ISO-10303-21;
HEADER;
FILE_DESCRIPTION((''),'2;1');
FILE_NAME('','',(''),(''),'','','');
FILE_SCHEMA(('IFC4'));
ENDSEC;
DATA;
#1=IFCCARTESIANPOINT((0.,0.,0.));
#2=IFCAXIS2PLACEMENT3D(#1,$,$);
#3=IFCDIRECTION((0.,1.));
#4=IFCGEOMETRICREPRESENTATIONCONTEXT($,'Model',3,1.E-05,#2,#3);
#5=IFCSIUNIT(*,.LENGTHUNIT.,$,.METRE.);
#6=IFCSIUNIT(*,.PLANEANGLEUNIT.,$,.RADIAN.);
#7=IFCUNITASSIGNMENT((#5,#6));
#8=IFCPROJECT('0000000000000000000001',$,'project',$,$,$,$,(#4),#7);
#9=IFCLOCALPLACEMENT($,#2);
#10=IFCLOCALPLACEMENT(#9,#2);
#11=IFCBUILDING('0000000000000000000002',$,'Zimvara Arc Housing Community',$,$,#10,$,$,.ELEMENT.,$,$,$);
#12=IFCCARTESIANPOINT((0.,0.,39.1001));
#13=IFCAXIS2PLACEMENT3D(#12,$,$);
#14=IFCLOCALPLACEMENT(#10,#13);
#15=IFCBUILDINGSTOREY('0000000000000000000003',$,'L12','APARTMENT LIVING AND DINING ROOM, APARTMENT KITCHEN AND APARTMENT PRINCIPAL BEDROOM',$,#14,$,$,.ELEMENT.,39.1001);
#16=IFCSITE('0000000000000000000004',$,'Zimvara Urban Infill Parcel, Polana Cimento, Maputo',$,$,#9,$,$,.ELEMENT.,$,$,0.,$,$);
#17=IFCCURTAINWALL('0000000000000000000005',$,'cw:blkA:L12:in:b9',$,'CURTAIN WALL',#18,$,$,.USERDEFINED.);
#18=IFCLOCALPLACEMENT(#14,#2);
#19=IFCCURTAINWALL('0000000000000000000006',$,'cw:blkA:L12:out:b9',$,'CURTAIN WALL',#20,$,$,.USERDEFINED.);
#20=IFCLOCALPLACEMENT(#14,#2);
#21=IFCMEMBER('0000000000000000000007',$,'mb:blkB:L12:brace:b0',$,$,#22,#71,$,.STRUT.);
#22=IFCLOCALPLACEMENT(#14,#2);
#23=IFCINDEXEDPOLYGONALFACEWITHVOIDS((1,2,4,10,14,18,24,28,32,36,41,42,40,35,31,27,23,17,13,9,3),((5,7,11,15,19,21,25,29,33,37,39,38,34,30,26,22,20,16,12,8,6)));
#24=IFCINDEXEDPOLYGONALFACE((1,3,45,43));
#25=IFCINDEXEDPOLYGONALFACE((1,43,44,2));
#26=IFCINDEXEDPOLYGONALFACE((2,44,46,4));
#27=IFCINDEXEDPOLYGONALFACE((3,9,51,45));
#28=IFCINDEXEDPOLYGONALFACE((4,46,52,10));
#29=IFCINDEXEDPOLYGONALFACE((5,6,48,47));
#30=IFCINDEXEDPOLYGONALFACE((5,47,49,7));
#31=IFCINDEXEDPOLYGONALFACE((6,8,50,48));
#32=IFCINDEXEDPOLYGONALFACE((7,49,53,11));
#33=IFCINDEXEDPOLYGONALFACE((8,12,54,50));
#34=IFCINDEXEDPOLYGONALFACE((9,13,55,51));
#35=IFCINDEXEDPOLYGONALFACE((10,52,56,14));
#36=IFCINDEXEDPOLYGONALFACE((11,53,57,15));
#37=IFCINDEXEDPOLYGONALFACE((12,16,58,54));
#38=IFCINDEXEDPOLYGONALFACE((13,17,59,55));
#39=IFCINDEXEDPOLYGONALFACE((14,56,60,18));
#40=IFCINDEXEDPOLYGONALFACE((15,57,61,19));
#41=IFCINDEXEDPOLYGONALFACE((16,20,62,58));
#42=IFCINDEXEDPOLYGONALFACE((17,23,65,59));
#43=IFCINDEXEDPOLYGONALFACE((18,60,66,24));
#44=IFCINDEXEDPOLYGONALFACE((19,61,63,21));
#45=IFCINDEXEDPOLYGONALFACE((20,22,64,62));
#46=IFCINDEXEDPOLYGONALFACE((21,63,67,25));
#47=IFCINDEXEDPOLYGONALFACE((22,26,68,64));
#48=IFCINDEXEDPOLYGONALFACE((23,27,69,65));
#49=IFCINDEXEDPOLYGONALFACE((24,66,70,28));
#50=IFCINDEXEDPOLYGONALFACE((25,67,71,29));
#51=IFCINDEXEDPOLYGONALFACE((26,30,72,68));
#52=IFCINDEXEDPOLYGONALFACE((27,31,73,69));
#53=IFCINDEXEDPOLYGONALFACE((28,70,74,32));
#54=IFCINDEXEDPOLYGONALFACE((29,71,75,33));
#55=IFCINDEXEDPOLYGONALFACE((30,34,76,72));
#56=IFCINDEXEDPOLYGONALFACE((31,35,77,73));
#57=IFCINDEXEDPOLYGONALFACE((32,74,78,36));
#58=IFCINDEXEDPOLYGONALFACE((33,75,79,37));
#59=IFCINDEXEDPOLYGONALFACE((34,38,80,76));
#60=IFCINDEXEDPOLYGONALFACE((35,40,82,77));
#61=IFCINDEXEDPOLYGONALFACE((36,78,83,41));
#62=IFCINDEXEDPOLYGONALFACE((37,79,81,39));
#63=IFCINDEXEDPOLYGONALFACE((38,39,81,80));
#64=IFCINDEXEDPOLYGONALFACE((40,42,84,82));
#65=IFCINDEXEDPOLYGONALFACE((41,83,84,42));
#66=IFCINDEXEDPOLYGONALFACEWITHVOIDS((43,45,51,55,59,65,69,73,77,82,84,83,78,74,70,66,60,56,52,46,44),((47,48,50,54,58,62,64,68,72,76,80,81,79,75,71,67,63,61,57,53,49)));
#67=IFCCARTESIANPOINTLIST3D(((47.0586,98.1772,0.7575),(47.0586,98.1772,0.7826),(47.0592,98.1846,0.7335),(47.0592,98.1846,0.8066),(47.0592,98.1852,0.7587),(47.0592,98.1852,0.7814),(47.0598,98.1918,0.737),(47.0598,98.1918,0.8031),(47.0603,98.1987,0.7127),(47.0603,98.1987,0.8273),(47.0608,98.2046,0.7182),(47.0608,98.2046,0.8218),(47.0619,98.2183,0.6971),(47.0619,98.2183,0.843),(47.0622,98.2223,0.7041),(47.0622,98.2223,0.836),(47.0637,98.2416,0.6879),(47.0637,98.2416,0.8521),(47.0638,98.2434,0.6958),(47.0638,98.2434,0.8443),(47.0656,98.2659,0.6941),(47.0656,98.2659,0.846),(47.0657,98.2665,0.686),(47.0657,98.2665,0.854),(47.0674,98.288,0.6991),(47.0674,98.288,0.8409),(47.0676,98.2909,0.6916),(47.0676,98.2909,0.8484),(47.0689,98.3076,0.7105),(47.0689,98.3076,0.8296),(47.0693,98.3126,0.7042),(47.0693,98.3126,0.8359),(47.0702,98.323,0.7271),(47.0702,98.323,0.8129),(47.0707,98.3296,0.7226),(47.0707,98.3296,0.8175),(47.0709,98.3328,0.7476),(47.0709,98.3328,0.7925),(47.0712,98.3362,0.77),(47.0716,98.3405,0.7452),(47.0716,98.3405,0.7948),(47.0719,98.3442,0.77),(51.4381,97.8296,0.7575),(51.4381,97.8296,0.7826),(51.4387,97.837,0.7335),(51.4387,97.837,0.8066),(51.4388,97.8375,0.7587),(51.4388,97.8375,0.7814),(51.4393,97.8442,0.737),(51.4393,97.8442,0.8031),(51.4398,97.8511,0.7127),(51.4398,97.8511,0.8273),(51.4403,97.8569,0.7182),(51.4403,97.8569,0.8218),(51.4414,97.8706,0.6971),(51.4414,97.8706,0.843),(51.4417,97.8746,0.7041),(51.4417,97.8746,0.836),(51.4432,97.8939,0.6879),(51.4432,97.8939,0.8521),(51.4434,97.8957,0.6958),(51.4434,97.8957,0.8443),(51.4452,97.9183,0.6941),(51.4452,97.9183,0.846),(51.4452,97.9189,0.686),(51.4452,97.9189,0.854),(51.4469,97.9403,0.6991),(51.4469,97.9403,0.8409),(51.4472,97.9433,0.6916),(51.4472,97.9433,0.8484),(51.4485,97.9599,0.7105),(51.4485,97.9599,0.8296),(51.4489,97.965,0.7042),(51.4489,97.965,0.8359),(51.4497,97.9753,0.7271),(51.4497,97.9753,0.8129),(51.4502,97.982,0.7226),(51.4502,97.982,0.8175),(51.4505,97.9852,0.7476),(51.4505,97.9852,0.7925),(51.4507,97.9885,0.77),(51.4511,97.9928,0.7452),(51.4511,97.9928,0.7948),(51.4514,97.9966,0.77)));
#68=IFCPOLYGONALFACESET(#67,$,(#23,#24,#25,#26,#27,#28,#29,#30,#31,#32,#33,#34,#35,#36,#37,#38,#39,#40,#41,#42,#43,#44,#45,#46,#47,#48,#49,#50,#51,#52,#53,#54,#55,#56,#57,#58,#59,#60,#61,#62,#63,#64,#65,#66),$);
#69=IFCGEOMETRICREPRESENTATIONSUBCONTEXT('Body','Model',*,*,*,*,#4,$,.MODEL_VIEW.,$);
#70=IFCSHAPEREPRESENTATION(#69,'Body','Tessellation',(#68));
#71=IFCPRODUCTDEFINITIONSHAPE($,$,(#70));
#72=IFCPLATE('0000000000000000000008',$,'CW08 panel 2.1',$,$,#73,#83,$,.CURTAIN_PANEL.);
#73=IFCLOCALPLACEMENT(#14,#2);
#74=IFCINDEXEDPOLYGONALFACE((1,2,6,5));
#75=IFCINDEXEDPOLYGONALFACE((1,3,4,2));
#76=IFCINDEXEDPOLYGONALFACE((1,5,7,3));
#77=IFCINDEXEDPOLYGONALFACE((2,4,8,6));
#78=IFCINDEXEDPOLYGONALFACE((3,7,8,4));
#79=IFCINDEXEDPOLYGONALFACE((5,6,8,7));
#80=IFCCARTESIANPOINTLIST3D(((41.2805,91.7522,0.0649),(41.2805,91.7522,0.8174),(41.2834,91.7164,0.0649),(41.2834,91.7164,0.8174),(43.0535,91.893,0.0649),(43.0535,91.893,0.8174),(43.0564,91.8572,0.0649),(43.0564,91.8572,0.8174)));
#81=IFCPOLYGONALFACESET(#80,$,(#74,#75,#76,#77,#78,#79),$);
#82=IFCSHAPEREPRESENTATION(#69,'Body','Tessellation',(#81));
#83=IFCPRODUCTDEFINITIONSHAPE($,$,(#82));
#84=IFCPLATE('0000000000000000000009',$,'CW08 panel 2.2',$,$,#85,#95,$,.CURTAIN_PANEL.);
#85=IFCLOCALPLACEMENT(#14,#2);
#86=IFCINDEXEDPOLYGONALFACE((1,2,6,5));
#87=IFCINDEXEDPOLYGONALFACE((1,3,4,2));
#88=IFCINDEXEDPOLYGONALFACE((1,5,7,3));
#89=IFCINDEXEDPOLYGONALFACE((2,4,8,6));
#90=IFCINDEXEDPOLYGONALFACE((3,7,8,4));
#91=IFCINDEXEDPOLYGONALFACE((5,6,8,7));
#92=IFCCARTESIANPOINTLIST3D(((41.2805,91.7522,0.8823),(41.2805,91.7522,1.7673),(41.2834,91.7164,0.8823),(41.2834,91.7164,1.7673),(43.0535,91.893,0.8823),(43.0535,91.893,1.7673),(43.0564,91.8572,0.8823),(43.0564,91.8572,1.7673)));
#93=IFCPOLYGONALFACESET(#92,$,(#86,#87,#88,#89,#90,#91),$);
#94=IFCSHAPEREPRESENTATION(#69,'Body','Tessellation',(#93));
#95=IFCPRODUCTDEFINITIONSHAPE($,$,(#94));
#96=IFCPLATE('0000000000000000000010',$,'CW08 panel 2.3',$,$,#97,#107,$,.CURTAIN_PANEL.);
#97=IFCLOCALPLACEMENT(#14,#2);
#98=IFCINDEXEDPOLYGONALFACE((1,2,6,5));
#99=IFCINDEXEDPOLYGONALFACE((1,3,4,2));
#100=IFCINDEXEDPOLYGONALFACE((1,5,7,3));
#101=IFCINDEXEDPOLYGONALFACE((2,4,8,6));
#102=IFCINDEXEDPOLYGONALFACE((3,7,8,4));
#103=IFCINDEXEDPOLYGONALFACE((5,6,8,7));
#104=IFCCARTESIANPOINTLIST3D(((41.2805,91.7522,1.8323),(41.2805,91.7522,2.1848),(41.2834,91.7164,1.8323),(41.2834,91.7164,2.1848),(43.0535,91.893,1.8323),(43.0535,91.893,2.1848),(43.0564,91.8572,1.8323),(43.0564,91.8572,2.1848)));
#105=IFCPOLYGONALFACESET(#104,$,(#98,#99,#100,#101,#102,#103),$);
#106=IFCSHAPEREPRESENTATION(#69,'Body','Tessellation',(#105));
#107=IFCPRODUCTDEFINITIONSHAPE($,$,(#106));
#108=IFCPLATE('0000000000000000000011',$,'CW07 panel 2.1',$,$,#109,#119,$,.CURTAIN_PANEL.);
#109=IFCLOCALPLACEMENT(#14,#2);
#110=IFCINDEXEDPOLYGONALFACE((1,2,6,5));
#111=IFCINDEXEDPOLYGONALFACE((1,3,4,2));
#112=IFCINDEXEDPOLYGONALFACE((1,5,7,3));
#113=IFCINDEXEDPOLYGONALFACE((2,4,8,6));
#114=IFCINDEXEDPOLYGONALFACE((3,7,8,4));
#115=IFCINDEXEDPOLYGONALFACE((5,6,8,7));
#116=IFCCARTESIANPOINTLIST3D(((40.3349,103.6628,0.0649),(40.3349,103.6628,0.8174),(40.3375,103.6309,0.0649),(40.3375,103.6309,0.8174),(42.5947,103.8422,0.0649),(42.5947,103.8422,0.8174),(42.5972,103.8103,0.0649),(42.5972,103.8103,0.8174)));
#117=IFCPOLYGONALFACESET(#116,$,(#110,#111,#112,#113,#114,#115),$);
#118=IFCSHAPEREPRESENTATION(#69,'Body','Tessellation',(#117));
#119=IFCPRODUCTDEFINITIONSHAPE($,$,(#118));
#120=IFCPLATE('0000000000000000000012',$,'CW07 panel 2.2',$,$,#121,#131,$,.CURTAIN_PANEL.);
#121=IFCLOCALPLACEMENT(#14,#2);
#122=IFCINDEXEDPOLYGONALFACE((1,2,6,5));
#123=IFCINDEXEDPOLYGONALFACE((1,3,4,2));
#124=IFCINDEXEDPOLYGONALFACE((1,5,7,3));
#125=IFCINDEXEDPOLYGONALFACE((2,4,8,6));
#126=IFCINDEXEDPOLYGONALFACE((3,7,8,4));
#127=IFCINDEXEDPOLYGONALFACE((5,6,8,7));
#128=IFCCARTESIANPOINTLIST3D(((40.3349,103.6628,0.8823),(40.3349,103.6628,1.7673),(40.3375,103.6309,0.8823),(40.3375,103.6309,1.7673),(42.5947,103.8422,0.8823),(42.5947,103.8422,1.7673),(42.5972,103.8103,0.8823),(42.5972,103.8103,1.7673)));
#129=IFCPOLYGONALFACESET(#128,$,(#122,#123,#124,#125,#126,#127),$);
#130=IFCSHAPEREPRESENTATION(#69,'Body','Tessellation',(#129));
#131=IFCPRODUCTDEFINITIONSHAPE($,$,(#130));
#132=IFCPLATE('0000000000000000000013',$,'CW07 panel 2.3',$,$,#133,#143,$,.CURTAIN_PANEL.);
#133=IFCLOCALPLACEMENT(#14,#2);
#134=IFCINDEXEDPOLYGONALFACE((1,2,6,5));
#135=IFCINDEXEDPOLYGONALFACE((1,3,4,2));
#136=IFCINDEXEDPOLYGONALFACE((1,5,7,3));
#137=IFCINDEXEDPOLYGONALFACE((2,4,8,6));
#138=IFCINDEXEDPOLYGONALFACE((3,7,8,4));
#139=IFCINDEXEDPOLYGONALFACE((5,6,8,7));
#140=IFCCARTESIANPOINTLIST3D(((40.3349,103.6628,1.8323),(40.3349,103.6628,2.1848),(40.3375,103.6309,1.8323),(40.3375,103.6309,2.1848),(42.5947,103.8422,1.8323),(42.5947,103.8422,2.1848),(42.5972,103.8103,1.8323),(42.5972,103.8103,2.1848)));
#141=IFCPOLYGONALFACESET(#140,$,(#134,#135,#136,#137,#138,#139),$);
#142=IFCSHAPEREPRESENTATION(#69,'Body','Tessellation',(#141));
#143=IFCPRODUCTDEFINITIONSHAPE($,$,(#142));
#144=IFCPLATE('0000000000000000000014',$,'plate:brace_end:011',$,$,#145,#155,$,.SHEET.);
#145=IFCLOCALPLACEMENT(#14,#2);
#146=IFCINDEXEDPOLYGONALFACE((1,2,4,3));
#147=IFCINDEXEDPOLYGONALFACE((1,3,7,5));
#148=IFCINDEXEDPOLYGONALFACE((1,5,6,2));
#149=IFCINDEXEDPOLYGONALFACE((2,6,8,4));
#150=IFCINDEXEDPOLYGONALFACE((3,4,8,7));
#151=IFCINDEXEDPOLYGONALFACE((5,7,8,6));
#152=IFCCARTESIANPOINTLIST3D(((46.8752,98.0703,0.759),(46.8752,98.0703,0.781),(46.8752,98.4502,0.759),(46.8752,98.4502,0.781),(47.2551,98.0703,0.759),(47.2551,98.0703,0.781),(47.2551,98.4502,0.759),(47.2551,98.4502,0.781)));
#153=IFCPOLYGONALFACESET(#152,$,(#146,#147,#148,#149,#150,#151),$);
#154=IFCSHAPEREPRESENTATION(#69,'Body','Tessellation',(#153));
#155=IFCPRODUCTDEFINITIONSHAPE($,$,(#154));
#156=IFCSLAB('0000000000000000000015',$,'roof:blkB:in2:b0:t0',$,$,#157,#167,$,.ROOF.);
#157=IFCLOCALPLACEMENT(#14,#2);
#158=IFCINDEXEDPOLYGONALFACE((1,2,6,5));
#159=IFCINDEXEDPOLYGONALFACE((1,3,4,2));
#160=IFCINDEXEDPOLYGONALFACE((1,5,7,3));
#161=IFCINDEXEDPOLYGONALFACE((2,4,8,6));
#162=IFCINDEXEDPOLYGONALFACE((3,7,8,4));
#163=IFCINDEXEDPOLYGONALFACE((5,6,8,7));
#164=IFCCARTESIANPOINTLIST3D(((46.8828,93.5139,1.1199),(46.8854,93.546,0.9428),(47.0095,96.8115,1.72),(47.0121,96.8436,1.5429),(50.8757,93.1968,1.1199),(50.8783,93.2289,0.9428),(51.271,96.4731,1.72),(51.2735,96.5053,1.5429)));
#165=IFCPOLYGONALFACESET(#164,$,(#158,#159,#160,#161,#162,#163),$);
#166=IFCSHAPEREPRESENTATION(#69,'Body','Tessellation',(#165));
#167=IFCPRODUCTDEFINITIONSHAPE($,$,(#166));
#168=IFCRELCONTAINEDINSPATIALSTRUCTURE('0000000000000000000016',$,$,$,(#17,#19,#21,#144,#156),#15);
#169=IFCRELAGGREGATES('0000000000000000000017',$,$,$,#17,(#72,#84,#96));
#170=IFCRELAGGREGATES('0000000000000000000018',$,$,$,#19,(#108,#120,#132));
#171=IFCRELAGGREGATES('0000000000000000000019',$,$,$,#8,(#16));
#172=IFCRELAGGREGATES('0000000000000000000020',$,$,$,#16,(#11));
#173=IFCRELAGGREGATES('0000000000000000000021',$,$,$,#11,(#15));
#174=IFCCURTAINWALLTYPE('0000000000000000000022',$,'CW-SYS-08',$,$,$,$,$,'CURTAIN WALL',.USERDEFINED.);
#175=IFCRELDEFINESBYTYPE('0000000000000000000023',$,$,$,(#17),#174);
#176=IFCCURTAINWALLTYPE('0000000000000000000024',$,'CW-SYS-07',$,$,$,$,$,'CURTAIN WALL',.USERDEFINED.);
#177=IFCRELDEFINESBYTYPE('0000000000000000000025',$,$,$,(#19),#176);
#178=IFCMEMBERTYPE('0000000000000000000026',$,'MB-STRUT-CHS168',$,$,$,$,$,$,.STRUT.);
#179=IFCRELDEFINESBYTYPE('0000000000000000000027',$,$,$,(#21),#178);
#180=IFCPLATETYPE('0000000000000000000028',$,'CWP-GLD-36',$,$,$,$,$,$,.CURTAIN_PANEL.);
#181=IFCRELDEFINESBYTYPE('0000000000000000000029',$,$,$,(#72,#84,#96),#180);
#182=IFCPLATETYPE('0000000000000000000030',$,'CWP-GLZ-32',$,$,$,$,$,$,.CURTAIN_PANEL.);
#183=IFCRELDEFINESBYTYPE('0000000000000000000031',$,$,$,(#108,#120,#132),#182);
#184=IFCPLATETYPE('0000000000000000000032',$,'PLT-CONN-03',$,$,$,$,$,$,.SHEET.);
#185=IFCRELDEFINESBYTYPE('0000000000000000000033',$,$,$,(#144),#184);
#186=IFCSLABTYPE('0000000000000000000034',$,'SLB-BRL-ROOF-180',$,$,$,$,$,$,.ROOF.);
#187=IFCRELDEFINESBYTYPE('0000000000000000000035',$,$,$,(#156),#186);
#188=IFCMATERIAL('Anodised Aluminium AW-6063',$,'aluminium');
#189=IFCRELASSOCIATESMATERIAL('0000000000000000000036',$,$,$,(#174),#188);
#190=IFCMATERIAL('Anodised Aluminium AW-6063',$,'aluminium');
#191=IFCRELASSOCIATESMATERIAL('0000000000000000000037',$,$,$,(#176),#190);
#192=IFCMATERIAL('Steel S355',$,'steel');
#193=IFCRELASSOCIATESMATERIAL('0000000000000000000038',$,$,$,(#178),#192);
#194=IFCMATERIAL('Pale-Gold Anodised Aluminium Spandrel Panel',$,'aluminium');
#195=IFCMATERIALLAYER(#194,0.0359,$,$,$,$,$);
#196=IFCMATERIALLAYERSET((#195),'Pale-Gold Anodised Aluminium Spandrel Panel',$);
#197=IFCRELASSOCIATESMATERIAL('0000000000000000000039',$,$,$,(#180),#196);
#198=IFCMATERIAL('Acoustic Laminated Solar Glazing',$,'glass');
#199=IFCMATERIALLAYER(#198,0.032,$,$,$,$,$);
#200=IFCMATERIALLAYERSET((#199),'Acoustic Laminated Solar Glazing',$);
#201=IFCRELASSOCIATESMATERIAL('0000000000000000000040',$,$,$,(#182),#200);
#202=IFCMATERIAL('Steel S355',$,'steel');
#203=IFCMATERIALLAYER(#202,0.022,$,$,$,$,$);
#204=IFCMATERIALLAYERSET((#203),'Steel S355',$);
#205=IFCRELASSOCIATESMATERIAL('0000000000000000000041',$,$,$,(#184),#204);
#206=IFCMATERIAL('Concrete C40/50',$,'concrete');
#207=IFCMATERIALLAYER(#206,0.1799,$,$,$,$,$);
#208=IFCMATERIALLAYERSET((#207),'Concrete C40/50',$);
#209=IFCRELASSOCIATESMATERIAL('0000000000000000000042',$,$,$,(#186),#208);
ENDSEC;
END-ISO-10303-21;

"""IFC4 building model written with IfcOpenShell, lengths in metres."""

from ifc_helpers import new_model, si_unit, direction, frame, origin, origin_2d, place, context, subcontext, project, spatial, polyline, rectangle, hollow_circle, outline, extrude, material, layer, layer_set, material_profile, profile_set, type_object, element, aggregate, save


model = new_model("IFC4")

# Units and contexts
model_context = context("Model", 3, precision=1e-05, world=origin(), true_north=direction((0.0, 1.0)))
body_context = subcontext(model_context, "Body", "Model", "MODEL_VIEW")
ifc_project = project(units=[si_unit("LENGTHUNIT", "METRE"), si_unit("PLANEANGLEUNIT", "RADIAN")], contexts=[model_context])

# Site, building, storey
site_placement = place(None, origin())
site = spatial("IfcSite", under=ifc_project, at=site_placement, Name="Zimvara Urban Infill Parcel, Polana Cimento, Maputo", CompositionType="ELEMENT", RefElevation=0.0)
building_placement = place(site_placement, origin())
building = spatial("IfcBuilding", under=site, at=building_placement, Name="Zimvara Arc Housing Community", CompositionType="ELEMENT")
storey_placement = place(building_placement, frame((0.0, 0.0, 39.1001)))
storey = spatial("IfcBuildingStorey", under=building, at=storey_placement, Name="L12", Description="APARTMENT LIVING AND DINING ROOM, APARTMENT KITCHEN AND APARTMENT PRINCIPAL BEDROOM", CompositionType="ELEMENT", Elevation=39.1001)

# Curtain wall
ifc_material_1 = material(Name="Anodised Aluminium AW-6063", Category="aluminium")
curtain_wall_type_1 = type_object("IfcCurtainWallType", Name="CW-SYS-08", ElementType="CURTAIN WALL", PredefinedType="USERDEFINED", material=ifc_material_1)
curtain_wall_1_placement = place(storey_placement, origin())
curtain_wall_1 = element("IfcCurtainWall", 1, at=curtain_wall_1_placement, inside=storey, type_object=curtain_wall_type_1, Name="cw:blkA:L12:in:b9", ObjectType="CURTAIN WALL", PredefinedType="USERDEFINED")

# Curtain wall
ifc_material_2 = material(Name="Anodised Aluminium AW-6063", Category="aluminium")
curtain_wall_type_2 = type_object("IfcCurtainWallType", Name="CW-SYS-07", ElementType="CURTAIN WALL", PredefinedType="USERDEFINED", material=ifc_material_2)
curtain_wall_2_placement = place(storey_placement, origin())
curtain_wall_2 = element("IfcCurtainWall", 2, at=curtain_wall_2_placement, inside=storey, type_object=curtain_wall_type_2, Name="cw:blkA:L12:out:b9", ObjectType="CURTAIN WALL", PredefinedType="USERDEFINED")

# Member
ifc_material_3 = material(Name="Steel S355", Category="steel")
ifc_material_profile_1 = material_profile(ifc_material_3, hollow_circle(Radius=0.0842, WallThickness=0.0081, at=origin_2d()), Name="CHS 168.3x8.0")
ifc_profile_set_1 = profile_set([ifc_material_profile_1], Name="Steel S355")
member_type_1 = type_object("IfcMemberType", Name="MB-STRUT-CHS168", PredefinedType="STRUT", material=ifc_profile_set_1)
member_1_placement = place(storey_placement, frame((47.0652, 98.2603, 0.77), z_axis=(0.996864, -0.079131, 0.0), x_axis=(0.079131, 0.996864, 0.0)))
element("IfcMember", 3, at=member_1_placement, inside=storey, type_object=member_type_1, Name="mb:blkB:L12:brace:b0", PredefinedType="STRUT", context=body_context, shape_type="SweptSolid", body=[
    extrude(hollow_circle(Radius=0.0842, WallThickness=0.0081, at=origin_2d()), origin(), (0.0, 0.0, 1.0), 4.3933),
])

# Plates
ifc_material_4 = material(Name="Pale-Gold Anodised Aluminium Spandrel Panel", Category="aluminium")
ifc_layer_1 = layer(ifc_material_4, 0.0359)
ifc_layer_set_1 = layer_set([ifc_layer_1], Name="Pale-Gold Anodised Aluminium Spandrel Panel")
plate_type_1 = type_object("IfcPlateType", Name="CWP-GLD-36", PredefinedType="CURTAIN_PANEL", material=ifc_layer_set_1)
plate_1_placement = place(storey_placement, frame((42.1685, 91.8047, 0.0649), z_axis=(0.0, 0.0, 1.0), x_axis=(0.996862, 0.079155, 0.0)))
plate_1 = element("IfcPlate", 4, at=plate_1_placement, type_object=plate_type_1, Name="CW08 panel 2.1", PredefinedType="CURTAIN_PANEL", context=body_context, shape_type="SweptSolid", body=[
    extrude(rectangle(XDim=1.7786, YDim=0.0359, at=origin_2d()), origin(), (0.0, 0.0, 1.0), 0.7524),
])
plate_2_placement = place(storey_placement, frame((42.1685, 91.8047, 0.8823), z_axis=(0.0, 0.0, 1.0), x_axis=(0.996862, 0.079155, 0.0)))
plate_2 = element("IfcPlate", 5, at=plate_2_placement, type_object=plate_type_1, Name="CW08 panel 2.2", PredefinedType="CURTAIN_PANEL", context=body_context, shape_type="SweptSolid", body=[
    extrude(rectangle(XDim=1.7786, YDim=0.0359, at=origin_2d()), origin(), (0.0, 0.0, 1.0), 0.885),
])
plate_3_placement = place(storey_placement, frame((42.1685, 91.8047, 1.8323), z_axis=(0.0, 0.0, 1.0), x_axis=(0.996862, 0.079155, 0.0)))
plate_3 = element("IfcPlate", 6, at=plate_3_placement, type_object=plate_type_1, Name="CW08 panel 2.3", PredefinedType="CURTAIN_PANEL", context=body_context, shape_type="SweptSolid", body=[
    extrude(rectangle(XDim=1.7786, YDim=0.0359, at=origin_2d()), origin(), (0.0, 0.0, 1.0), 0.3525),
])
aggregate(curtain_wall_1, [plate_1, plate_2, plate_3])
ifc_material_5 = material(Name="Acoustic Laminated Solar Glazing", Category="glass")
ifc_layer_2 = layer(ifc_material_5, 0.032)
ifc_layer_set_2 = layer_set([ifc_layer_2], Name="Acoustic Laminated Solar Glazing")
plate_type_2 = type_object("IfcPlateType", Name="CWP-GLZ-32", PredefinedType="CURTAIN_PANEL", material=ifc_layer_set_2)
plate_4_placement = place(storey_placement, frame((41.4661, 103.7366, 0.0649), z_axis=(0.0, 0.0, 1.0), x_axis=(0.996862, 0.079154, 0.0)))
plate_4 = element("IfcPlate", 7, at=plate_4_placement, type_object=plate_type_2, Name="CW07 panel 2.1", PredefinedType="CURTAIN_PANEL", context=body_context, shape_type="SweptSolid", body=[
    extrude(rectangle(XDim=2.2668, YDim=0.032, at=origin_2d()), origin(), (0.0, 0.0, 1.0), 0.7524),
])
plate_5_placement = place(storey_placement, frame((41.4661, 103.7366, 0.8823), z_axis=(0.0, 0.0, 1.0), x_axis=(0.996862, 0.079154, 0.0)))
plate_5 = element("IfcPlate", 8, at=plate_5_placement, type_object=plate_type_2, Name="CW07 panel 2.2", PredefinedType="CURTAIN_PANEL", context=body_context, shape_type="SweptSolid", body=[
    extrude(rectangle(XDim=2.2668, YDim=0.032, at=origin_2d()), origin(), (0.0, 0.0, 1.0), 0.885),
])
plate_6_placement = place(storey_placement, frame((41.4661, 103.7366, 1.8323), z_axis=(0.0, 0.0, 1.0), x_axis=(0.996862, 0.079154, 0.0)))
plate_6 = element("IfcPlate", 9, at=plate_6_placement, type_object=plate_type_2, Name="CW07 panel 2.3", PredefinedType="CURTAIN_PANEL", context=body_context, shape_type="SweptSolid", body=[
    extrude(rectangle(XDim=2.2668, YDim=0.032, at=origin_2d()), origin(), (0.0, 0.0, 1.0), 0.3525),
])
aggregate(curtain_wall_2, [plate_4, plate_5, plate_6])
ifc_material_6 = material(Name="Steel S355", Category="steel")
ifc_layer_3 = layer(ifc_material_6, 0.022)
ifc_layer_set_3 = layer_set([ifc_layer_3], Name="Steel S355")
plate_type_3 = type_object("IfcPlateType", Name="PLT-CONN-03", PredefinedType="SHEET", material=ifc_layer_set_3)
plate_7_placement = place(storey_placement, frame((47.0652, 98.2603, 0.759), z_axis=(0.0, 0.0, 1.0), x_axis=(1.0, 0.0, 0.0)))
element("IfcPlate", 10, at=plate_7_placement, inside=storey, type_object=plate_type_3, Name="plate:brace_end:011", PredefinedType="SHEET", context=body_context, shape_type="SweptSolid", body=[
    extrude(rectangle(XDim=0.3799, YDim=0.3799, at=origin_2d()), origin(), (0.0, 0.0, 1.0), 0.022),
])

# Slab
ifc_material_7 = material(Name="Concrete C40/50", Category="concrete")
ifc_layer_4 = layer(ifc_material_7, 0.1799)
ifc_layer_set_4 = layer_set([ifc_layer_4], Name="Concrete C40/50")
slab_type = type_object("IfcSlabType", Name="SLB-BRL-ROOF-180", PredefinedType="ROOF", material=ifc_layer_set_4)
slab_placement = place(storey_placement, frame((46.8828, 93.5139, 1.1199), z_axis=(-0.014175, -0.178492, 0.983839), x_axis=(0.996861, -0.079176, -0.000002)))
element("IfcSlab", 11, at=slab_placement, inside=storey, type_object=slab_type, Name="roof:blkB:in2:b0:t0", PredefinedType="ROOF", context=body_context, shape_type="SweptSolid", body=[
    extrude(outline(polyline([(0.0, 0.0), (4.0055, 0.0), (4.1401, 3.3515), (-0.1348, 3.3515), (0.0, 0.0)])), origin(), (0.0, 0.0, -1.0), 0.1799),
])

save(model, "model.ifc")
